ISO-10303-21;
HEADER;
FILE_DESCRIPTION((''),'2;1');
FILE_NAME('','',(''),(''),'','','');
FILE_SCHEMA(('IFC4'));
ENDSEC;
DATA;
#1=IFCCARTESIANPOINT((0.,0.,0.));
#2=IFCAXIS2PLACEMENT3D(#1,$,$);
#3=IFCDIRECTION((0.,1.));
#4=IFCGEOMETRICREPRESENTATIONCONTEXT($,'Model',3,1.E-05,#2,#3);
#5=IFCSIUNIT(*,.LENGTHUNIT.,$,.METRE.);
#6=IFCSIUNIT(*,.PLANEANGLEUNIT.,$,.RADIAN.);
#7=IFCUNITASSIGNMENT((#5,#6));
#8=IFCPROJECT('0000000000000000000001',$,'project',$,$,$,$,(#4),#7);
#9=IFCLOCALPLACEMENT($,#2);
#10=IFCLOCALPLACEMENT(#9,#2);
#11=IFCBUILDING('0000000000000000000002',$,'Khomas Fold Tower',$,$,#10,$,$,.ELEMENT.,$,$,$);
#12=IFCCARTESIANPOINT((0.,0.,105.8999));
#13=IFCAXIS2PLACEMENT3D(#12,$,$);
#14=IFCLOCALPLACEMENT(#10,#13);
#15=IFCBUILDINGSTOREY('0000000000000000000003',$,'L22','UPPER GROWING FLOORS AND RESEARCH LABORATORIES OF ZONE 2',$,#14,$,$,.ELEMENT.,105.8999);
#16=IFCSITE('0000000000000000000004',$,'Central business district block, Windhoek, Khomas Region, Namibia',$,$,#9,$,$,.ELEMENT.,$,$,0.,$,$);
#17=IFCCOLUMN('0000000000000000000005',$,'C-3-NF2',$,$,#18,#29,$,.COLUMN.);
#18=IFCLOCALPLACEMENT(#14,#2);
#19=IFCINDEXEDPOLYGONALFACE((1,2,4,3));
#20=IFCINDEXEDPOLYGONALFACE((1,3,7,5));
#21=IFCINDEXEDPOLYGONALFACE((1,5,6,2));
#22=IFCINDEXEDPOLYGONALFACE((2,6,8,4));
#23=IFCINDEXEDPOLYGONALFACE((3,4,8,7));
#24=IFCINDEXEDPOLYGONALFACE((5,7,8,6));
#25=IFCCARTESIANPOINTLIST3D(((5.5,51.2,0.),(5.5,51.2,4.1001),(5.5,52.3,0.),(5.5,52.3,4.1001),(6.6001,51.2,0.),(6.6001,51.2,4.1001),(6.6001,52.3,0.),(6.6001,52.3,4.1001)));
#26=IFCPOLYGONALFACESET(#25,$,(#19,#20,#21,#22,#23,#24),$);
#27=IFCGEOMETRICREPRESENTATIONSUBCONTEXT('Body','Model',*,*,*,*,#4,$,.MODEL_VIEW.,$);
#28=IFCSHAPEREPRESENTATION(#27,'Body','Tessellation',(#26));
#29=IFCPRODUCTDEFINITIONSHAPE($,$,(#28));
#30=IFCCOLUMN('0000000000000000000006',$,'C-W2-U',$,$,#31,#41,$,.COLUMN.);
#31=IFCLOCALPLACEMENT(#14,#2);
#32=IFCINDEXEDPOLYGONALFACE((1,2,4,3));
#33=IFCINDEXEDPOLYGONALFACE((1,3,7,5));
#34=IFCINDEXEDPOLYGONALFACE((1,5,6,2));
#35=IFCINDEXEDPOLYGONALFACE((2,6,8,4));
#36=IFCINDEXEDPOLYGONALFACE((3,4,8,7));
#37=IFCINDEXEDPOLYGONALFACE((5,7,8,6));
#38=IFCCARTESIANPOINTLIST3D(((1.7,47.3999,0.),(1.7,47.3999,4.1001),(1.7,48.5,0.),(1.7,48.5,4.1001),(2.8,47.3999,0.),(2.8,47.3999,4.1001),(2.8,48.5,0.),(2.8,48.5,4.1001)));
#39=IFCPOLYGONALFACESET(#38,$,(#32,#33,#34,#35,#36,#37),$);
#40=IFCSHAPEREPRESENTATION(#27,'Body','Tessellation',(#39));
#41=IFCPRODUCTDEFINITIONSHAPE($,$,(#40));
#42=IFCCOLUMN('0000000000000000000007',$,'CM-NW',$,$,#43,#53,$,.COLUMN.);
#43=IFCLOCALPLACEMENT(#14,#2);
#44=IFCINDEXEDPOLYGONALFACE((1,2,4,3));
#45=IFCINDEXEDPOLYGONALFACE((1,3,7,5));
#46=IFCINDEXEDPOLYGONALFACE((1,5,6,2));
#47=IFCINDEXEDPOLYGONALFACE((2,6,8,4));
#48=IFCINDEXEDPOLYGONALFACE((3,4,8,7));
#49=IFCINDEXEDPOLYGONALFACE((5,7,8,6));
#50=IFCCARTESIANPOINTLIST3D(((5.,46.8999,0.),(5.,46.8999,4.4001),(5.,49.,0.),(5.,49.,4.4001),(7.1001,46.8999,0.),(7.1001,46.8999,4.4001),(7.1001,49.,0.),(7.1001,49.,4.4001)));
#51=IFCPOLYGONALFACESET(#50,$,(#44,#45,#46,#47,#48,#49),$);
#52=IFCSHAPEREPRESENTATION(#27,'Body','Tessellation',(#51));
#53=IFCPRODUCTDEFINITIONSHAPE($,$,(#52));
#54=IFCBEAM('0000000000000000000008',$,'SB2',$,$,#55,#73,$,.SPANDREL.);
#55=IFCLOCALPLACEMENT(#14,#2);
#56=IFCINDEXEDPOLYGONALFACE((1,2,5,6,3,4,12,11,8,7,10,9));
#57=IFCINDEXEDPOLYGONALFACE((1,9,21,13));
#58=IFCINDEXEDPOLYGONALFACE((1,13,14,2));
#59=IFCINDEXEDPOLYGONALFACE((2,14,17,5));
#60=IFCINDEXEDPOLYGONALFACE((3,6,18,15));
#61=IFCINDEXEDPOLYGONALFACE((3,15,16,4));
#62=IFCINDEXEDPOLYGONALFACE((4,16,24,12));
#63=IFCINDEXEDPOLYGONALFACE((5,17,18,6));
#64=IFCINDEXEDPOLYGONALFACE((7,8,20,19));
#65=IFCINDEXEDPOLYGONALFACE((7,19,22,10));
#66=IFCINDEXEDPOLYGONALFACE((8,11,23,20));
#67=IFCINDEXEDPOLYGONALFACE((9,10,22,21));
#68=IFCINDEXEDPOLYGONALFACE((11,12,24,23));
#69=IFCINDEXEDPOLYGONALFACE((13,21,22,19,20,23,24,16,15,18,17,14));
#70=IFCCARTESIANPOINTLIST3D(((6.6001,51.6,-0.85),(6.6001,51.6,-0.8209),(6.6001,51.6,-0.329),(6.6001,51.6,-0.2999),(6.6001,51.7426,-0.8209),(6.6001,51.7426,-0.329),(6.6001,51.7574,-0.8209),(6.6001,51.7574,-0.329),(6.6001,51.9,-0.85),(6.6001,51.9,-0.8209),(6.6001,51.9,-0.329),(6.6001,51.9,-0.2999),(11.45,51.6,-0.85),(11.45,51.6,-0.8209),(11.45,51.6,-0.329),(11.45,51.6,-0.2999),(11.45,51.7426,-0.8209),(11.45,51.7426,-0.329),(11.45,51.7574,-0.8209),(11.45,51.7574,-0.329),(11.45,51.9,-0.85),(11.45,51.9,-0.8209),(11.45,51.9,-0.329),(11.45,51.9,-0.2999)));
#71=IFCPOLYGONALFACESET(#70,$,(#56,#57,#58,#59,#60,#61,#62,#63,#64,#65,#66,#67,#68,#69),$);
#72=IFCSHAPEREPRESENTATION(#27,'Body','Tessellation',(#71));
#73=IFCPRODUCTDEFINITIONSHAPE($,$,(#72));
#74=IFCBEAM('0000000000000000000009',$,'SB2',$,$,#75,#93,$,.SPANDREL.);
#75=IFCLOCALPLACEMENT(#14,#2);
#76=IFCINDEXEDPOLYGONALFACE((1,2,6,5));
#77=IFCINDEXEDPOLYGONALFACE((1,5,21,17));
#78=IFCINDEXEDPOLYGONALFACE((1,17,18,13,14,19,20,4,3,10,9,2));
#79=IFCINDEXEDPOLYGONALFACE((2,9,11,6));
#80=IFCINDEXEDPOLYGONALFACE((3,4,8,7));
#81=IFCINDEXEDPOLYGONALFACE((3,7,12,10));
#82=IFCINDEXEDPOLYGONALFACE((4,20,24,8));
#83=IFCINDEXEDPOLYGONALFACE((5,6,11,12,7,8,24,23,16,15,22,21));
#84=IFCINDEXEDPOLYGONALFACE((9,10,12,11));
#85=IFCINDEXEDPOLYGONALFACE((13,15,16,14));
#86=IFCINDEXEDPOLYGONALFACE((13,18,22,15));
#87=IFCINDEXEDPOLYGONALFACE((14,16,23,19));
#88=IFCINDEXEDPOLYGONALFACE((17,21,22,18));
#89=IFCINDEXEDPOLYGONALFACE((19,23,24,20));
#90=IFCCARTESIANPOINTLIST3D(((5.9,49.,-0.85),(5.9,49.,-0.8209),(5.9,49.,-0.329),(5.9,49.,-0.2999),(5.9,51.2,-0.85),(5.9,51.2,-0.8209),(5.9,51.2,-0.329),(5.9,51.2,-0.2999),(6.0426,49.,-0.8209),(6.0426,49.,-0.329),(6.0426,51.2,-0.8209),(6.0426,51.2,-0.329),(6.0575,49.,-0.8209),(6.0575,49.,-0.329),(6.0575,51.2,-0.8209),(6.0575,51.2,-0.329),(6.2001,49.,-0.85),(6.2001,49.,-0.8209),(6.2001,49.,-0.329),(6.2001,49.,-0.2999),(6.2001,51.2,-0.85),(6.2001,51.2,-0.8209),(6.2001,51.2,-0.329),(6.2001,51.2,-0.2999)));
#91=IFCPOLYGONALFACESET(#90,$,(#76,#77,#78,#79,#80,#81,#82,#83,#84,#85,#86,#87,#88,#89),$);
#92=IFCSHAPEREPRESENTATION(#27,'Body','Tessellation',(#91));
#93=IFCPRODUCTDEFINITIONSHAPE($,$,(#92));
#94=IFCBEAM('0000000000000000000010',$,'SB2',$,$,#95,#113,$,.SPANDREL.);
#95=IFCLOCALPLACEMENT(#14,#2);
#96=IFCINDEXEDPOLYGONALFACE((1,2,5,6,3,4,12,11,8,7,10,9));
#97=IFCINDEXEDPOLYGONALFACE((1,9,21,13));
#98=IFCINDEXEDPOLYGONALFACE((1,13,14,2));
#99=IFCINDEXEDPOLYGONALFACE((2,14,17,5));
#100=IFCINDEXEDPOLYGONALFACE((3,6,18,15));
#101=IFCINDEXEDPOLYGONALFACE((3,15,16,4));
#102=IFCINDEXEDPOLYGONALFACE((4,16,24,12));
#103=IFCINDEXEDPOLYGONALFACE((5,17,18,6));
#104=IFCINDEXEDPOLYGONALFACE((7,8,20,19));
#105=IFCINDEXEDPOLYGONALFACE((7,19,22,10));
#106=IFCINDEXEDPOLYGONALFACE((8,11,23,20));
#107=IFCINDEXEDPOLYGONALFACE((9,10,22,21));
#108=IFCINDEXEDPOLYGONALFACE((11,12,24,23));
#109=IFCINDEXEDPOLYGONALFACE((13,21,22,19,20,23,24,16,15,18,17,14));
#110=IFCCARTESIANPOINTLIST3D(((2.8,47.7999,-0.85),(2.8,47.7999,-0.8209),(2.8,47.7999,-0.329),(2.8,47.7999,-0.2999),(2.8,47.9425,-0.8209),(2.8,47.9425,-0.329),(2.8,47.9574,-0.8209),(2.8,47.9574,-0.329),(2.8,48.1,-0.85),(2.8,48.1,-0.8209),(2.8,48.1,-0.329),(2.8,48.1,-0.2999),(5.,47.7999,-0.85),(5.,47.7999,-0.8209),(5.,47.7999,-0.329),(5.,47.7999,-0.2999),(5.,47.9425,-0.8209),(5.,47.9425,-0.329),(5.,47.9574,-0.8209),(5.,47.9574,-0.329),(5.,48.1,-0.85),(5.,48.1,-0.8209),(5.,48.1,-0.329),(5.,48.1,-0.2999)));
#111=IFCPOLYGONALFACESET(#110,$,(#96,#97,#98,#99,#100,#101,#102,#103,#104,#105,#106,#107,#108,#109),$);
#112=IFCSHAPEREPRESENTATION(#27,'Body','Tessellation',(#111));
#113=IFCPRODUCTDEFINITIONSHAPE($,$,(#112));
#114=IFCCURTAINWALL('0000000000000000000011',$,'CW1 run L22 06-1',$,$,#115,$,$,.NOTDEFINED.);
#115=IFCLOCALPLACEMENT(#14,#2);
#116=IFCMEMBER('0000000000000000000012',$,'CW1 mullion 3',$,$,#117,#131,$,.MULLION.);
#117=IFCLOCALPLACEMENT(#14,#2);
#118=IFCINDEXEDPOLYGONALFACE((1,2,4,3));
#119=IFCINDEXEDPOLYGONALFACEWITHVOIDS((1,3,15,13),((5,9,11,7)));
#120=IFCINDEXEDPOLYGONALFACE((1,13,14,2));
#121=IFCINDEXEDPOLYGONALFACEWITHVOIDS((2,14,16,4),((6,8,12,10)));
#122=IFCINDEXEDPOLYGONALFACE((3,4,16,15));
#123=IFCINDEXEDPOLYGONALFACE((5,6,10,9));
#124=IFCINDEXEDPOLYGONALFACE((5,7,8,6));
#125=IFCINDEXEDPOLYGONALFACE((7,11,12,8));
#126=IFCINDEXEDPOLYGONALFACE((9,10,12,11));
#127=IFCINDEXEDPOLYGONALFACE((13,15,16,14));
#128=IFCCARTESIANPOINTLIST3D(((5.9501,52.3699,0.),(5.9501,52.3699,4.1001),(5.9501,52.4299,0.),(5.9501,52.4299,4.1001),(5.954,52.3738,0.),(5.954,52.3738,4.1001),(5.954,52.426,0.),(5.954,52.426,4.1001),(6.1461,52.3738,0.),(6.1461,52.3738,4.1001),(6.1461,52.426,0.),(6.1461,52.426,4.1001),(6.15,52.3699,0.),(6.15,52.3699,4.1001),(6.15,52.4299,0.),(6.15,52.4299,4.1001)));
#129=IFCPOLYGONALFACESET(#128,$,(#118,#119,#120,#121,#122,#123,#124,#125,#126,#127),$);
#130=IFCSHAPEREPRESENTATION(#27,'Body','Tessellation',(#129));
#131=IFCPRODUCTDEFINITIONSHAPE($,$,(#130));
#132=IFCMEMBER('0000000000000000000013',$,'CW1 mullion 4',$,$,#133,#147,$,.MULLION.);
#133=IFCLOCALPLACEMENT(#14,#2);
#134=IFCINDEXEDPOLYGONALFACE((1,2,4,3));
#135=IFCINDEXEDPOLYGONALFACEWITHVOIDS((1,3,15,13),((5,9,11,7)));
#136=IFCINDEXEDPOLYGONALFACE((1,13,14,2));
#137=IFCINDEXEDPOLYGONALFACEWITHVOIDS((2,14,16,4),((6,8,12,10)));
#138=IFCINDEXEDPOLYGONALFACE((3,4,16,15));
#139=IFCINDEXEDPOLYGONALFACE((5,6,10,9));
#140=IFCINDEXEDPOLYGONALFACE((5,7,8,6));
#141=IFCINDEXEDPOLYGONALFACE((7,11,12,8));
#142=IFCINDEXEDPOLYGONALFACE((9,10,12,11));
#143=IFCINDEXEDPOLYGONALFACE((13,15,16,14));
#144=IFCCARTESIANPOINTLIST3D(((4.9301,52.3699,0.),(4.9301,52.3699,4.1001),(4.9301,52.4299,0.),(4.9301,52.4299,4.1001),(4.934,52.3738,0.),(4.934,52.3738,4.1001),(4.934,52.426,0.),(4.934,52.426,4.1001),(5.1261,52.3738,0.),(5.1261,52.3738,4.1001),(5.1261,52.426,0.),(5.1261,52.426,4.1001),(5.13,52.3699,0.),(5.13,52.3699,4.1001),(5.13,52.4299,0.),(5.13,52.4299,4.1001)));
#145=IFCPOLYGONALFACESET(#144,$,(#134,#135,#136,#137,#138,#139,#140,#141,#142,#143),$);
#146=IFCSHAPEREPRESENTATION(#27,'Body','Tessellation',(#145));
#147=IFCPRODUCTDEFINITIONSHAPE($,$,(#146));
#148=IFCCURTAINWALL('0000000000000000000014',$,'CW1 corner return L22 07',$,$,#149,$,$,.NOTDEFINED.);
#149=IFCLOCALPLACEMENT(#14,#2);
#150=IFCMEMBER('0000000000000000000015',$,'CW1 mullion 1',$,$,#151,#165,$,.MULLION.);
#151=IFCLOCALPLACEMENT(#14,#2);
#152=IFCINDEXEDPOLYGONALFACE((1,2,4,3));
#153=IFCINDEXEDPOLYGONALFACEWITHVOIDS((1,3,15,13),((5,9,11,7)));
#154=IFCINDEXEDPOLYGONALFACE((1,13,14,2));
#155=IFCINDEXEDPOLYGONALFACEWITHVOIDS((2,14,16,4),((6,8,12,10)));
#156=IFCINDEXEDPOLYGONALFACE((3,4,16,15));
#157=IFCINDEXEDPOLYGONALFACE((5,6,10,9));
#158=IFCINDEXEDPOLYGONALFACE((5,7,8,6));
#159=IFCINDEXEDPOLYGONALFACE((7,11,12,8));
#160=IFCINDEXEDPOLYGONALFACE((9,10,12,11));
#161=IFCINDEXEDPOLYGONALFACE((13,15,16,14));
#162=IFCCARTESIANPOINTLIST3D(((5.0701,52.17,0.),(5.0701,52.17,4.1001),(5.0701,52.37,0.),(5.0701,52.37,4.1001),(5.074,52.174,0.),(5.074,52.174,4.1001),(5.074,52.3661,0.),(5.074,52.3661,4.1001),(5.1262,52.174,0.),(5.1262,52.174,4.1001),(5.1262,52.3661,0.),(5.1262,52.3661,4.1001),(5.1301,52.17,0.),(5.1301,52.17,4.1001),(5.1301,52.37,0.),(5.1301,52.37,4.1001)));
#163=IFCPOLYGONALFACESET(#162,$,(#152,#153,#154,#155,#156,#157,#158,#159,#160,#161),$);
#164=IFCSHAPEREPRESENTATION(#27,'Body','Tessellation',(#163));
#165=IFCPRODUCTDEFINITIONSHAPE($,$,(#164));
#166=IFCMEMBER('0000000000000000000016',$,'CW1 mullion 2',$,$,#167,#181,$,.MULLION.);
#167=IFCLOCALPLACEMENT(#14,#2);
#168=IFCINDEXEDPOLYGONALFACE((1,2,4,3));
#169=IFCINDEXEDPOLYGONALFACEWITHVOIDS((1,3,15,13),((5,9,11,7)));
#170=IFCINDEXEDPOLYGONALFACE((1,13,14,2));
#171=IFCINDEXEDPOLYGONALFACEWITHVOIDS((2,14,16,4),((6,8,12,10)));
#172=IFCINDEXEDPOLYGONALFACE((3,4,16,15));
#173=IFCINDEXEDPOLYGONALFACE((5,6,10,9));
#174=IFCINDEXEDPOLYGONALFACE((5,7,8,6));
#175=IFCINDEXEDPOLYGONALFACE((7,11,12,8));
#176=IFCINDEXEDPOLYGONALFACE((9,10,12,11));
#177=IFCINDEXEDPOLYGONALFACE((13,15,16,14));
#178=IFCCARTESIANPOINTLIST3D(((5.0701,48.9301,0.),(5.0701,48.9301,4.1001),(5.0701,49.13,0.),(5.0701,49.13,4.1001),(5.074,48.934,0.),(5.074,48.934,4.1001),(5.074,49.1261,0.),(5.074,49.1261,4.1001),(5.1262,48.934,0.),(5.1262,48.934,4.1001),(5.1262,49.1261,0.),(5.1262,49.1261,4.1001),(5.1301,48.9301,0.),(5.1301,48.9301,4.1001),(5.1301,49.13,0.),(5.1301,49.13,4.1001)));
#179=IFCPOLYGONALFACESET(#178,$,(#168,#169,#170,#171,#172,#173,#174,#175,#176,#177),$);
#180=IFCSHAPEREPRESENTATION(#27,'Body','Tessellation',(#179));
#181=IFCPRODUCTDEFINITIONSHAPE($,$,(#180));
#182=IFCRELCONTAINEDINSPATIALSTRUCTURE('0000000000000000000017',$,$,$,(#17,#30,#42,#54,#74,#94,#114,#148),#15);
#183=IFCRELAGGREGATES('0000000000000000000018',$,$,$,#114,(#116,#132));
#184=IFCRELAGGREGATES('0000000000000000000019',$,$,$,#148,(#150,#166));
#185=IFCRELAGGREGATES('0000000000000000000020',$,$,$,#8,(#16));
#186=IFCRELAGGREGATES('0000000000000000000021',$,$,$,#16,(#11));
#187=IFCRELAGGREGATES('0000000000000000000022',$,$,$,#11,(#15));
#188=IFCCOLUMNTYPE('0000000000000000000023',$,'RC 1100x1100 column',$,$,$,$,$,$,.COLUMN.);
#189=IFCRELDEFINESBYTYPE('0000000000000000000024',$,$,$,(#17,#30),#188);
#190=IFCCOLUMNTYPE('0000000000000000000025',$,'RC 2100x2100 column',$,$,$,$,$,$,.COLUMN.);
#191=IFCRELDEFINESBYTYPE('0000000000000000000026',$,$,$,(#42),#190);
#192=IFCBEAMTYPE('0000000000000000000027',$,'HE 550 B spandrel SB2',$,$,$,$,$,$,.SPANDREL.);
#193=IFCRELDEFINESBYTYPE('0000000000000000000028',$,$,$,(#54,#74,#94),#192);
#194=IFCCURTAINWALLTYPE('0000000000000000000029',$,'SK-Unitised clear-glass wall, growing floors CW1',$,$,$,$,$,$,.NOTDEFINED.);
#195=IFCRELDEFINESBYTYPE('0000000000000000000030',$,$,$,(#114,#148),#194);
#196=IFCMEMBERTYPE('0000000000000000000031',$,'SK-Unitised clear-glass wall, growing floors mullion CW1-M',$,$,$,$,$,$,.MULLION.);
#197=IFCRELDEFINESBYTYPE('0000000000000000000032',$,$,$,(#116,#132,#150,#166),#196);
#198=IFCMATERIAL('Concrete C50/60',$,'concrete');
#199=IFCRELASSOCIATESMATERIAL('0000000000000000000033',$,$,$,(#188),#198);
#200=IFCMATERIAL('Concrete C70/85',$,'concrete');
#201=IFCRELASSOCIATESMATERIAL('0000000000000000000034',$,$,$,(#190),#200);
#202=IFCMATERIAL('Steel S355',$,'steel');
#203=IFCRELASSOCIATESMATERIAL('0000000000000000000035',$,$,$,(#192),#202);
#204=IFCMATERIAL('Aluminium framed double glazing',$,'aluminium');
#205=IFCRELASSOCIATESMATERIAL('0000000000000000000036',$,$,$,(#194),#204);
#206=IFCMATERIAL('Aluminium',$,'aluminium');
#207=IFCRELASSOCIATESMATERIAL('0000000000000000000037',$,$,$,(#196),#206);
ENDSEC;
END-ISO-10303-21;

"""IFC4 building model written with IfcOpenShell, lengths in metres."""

from ifc_helpers import new_model, si_unit, direction, frame, origin, origin_2d, place, context, subcontext, project, spatial, rectangle, hollow_rectangle, i_section, extrude, source, transform, mapped, material, material_profile, profile_set, type_object, element, aggregate, save


model = new_model("IFC4")

# Units and contexts
model_context = context("Model", 3, precision=1e-05, world=origin(), true_north=direction((0.0, 1.0)))
body_context = subcontext(model_context, "Body", "Model", "MODEL_VIEW")
ifc_project = project(units=[si_unit("LENGTHUNIT", "METRE"), si_unit("PLANEANGLEUNIT", "RADIAN")], contexts=[model_context])

# Site, building, storey
site_placement = place(None, origin())
site = spatial("IfcSite", under=ifc_project, at=site_placement, Name="Central business district block, Windhoek, Khomas Region, Namibia", CompositionType="ELEMENT", RefElevation=0.0)
building_placement = place(site_placement, origin())
building = spatial("IfcBuilding", under=site, at=building_placement, Name="Khomas Fold Tower", CompositionType="ELEMENT")
storey_placement = place(building_placement, frame((0.0, 0.0, 105.8999)))
storey = spatial("IfcBuildingStorey", under=building, at=storey_placement, Name="L22", Description="UPPER GROWING FLOORS AND RESEARCH LABORATORIES OF ZONE 2", CompositionType="ELEMENT", Elevation=105.8999)

# Columns
ifc_material_1 = material(Name="Concrete C50/60", Category="concrete")
ifc_material_profile_1 = material_profile(ifc_material_1, rectangle(XDim=1.1001, YDim=1.1001, at=origin_2d()), Name="RC 1100x1100")
ifc_profile_set_1 = profile_set([ifc_material_profile_1], Name="Concrete C50/60")
column_type_1 = type_object("IfcColumnType", Name="RC 1100x1100 column", PredefinedType="COLUMN", material=ifc_profile_set_1)
shared_shape_1 = source(origin(), body_context, "Body", "SweptSolid", [
    extrude(rectangle(XDim=1.1001, YDim=1.1001, at=origin_2d()), origin(), (0.0, 0.0, 1.0), 4.1001),
])
for number, where, z_axis, x_axis, name in (
    (1, (6.05, 51.75, 0.0), (0.0, 0.0, 1.0), (1.0, 0.0, 0.0), "C-3-NF2"),
    (2, (2.25, 47.95, 0.0), (0.0, 0.0, 1.0), (1.0, 0.0, 0.0), "C-W2-U"),
):
    element("IfcColumn", number, at=place(storey_placement, frame(where, z_axis=z_axis, x_axis=x_axis)), inside=storey, type_object=column_type_1, Name=name, PredefinedType="COLUMN", context=body_context, shape_type="MappedRepresentation", body=[
        mapped(shared_shape_1, transform((0.0, 0.0, 0.0))),
    ])
ifc_material_2 = material(Name="Concrete C70/85", Category="concrete")
ifc_material_profile_2 = material_profile(ifc_material_2, rectangle(XDim=2.1001, YDim=2.1001, at=origin_2d()), Name="RC 2100x2100")
ifc_profile_set_2 = profile_set([ifc_material_profile_2], Name="Concrete C70/85")
column_type_2 = type_object("IfcColumnType", Name="RC 2100x2100 column", PredefinedType="COLUMN", material=ifc_profile_set_2)
shared_shape_2 = source(origin(), body_context, "Body", "SweptSolid", [
    extrude(rectangle(XDim=2.1001, YDim=2.1001, at=origin_2d()), origin(), (0.0, 0.0, 1.0), 4.4001),
])
column_placement = place(storey_placement, frame((6.05, 47.95, 0.0), z_axis=(0.0, 0.0, 1.0), x_axis=(1.0, 0.0, 0.0)))
element("IfcColumn", 3, at=column_placement, inside=storey, type_object=column_type_2, Name="CM-NW", PredefinedType="COLUMN", context=body_context, shape_type="MappedRepresentation", body=[
    mapped(shared_shape_2, transform((0.0, 0.0, 0.0))),
])

# Beams
ifc_material_3 = material(Name="Steel S355", Category="steel")
ifc_material_profile_3 = material_profile(ifc_material_3, i_section(OverallWidth=0.3, OverallDepth=0.55, WebThickness=0.0149, FlangeThickness=0.0291, at=origin_2d()), Name="HE 550 B")
ifc_profile_set_3 = profile_set([ifc_material_profile_3], Name="Steel S355")
beam_type = type_object("IfcBeamType", Name="HE 550 B spandrel SB2", PredefinedType="SPANDREL", material=ifc_profile_set_3)
shared_shape_3 = source(origin(), body_context, "Body", "SweptSolid", [
    extrude(i_section(OverallWidth=0.3, OverallDepth=0.55, WebThickness=0.0149, FlangeThickness=0.0291, at=origin_2d()), origin(), (0.0, 0.0, 1.0), 4.8499),
])
beam_placement = place(storey_placement, frame((6.6001, 51.75, -0.575), z_axis=(1.0, 0.0, 0.0), x_axis=(0.0, 1.0, 0.0)))
element("IfcBeam", 4, at=beam_placement, inside=storey, type_object=beam_type, Name="SB2", PredefinedType="SPANDREL", context=body_context, shape_type="MappedRepresentation", body=[
    mapped(shared_shape_3, transform((0.0, 0.0, 0.0))),
])
shared_shape_4 = source(origin(), body_context, "Body", "SweptSolid", [
    extrude(i_section(OverallWidth=0.3, OverallDepth=0.55, WebThickness=0.0149, FlangeThickness=0.0291, at=origin_2d()), origin(), (0.0, 0.0, 1.0), 2.2),
])
for number, where, z_axis, x_axis, name in (
    (5, (6.05, 49.0, -0.575), (0.0, 1.0, 0.0), (-1.0, 0.0, 0.0), "SB2"),
    (6, (2.8, 47.95, -0.575), (1.0, 0.0, 0.0), (0.0, 1.0, 0.0), "SB2"),
):
    element("IfcBeam", number, at=place(storey_placement, frame(where, z_axis=z_axis, x_axis=x_axis)), inside=storey, type_object=beam_type, Name=name, PredefinedType="SPANDREL", context=body_context, shape_type="MappedRepresentation", body=[
        mapped(shared_shape_4, transform((0.0, 0.0, 0.0))),
    ])

# Curtain walls, members
ifc_material_4 = material(Name="Aluminium framed double glazing", Category="aluminium")
curtain_wall_type = type_object("IfcCurtainWallType", Name="SK-Unitised clear-glass wall, growing floors CW1", PredefinedType="NOTDEFINED", material=ifc_material_4)
curtain_wall_1_placement = place(storey_placement, origin())
curtain_wall_1 = element("IfcCurtainWall", 7, at=curtain_wall_1_placement, inside=storey, type_object=curtain_wall_type, Name="CW1 run L22 06-1", PredefinedType="NOTDEFINED")
ifc_material_5 = material(Name="Aluminium", Category="aluminium")
ifc_material_profile_4 = material_profile(ifc_material_5, hollow_rectangle(XDim=0.0601, YDim=0.2, WallThickness=0.0039, at=origin_2d()), Name="SK-Unitised clear-glass wall, growing floors mullion CW1-M")
ifc_profile_set_4 = profile_set([ifc_material_profile_4], Name="Aluminium")
member_type_1 = type_object("IfcMemberType", Name="SK-Unitised clear-glass wall, growing floors mullion CW1-M", PredefinedType="MULLION", material=ifc_profile_set_4)
shared_shape_5 = source(origin(), body_context, "Body", "SweptSolid", [
    extrude(hollow_rectangle(XDim=0.0601, YDim=0.2, WallThickness=0.0039, at=origin_2d()), origin(), (0.0, 0.0, 1.0), 4.1001),
])
member_1_placement = place(storey_placement, frame((6.05, 52.3999, 0.0), z_axis=(0.0, 0.0, 1.0), x_axis=(0.0, -1.0, 0.0)))
member_1 = element("IfcMember", 8, at=member_1_placement, type_object=member_type_1, Name="CW1 mullion 3", PredefinedType="MULLION", context=body_context, shape_type="MappedRepresentation", body=[
    mapped(shared_shape_5, transform((0.0, 0.0, 0.0))),
])
member_2_placement = place(storey_placement, frame((5.03, 52.3999, 0.0), z_axis=(0.0, 0.0, 1.0), x_axis=(0.0, -1.0, 0.0)))
member_2 = element("IfcMember", 9, at=member_2_placement, type_object=member_type_1, Name="CW1 mullion 4", PredefinedType="MULLION", context=body_context, shape_type="MappedRepresentation", body=[
    mapped(shared_shape_5, transform((0.0, 0.0, 0.0))),
])
curtain_wall_2_placement = place(storey_placement, origin())
curtain_wall_2 = element("IfcCurtainWall", 10, at=curtain_wall_2_placement, inside=storey, type_object=curtain_wall_type, Name="CW1 corner return L22 07", PredefinedType="NOTDEFINED")
member_3_placement = place(storey_placement, frame((5.1001, 52.27, 0.0), z_axis=(0.0, 0.0, 1.0), x_axis=(1.0, 0.0, 0.0)))
member_3 = element("IfcMember", 11, at=member_3_placement, type_object=member_type_1, Name="CW1 mullion 1", PredefinedType="MULLION", context=body_context, shape_type="MappedRepresentation", body=[
    mapped(shared_shape_5, transform((0.0, 0.0, 0.0))),
])
member_4_placement = place(storey_placement, frame((5.1001, 49.03, 0.0), z_axis=(0.0, 0.0, 1.0), x_axis=(1.0, 0.0, 0.0)))
member_4 = element("IfcMember", 12, at=member_4_placement, type_object=member_type_1, Name="CW1 mullion 2", PredefinedType="MULLION", context=body_context, shape_type="MappedRepresentation", body=[
    mapped(shared_shape_5, transform((0.0, 0.0, 0.0))),
])

aggregate(curtain_wall_1, [member_1, member_2])
aggregate(curtain_wall_2, [member_3, member_4])

save(model, "model.ifc")
